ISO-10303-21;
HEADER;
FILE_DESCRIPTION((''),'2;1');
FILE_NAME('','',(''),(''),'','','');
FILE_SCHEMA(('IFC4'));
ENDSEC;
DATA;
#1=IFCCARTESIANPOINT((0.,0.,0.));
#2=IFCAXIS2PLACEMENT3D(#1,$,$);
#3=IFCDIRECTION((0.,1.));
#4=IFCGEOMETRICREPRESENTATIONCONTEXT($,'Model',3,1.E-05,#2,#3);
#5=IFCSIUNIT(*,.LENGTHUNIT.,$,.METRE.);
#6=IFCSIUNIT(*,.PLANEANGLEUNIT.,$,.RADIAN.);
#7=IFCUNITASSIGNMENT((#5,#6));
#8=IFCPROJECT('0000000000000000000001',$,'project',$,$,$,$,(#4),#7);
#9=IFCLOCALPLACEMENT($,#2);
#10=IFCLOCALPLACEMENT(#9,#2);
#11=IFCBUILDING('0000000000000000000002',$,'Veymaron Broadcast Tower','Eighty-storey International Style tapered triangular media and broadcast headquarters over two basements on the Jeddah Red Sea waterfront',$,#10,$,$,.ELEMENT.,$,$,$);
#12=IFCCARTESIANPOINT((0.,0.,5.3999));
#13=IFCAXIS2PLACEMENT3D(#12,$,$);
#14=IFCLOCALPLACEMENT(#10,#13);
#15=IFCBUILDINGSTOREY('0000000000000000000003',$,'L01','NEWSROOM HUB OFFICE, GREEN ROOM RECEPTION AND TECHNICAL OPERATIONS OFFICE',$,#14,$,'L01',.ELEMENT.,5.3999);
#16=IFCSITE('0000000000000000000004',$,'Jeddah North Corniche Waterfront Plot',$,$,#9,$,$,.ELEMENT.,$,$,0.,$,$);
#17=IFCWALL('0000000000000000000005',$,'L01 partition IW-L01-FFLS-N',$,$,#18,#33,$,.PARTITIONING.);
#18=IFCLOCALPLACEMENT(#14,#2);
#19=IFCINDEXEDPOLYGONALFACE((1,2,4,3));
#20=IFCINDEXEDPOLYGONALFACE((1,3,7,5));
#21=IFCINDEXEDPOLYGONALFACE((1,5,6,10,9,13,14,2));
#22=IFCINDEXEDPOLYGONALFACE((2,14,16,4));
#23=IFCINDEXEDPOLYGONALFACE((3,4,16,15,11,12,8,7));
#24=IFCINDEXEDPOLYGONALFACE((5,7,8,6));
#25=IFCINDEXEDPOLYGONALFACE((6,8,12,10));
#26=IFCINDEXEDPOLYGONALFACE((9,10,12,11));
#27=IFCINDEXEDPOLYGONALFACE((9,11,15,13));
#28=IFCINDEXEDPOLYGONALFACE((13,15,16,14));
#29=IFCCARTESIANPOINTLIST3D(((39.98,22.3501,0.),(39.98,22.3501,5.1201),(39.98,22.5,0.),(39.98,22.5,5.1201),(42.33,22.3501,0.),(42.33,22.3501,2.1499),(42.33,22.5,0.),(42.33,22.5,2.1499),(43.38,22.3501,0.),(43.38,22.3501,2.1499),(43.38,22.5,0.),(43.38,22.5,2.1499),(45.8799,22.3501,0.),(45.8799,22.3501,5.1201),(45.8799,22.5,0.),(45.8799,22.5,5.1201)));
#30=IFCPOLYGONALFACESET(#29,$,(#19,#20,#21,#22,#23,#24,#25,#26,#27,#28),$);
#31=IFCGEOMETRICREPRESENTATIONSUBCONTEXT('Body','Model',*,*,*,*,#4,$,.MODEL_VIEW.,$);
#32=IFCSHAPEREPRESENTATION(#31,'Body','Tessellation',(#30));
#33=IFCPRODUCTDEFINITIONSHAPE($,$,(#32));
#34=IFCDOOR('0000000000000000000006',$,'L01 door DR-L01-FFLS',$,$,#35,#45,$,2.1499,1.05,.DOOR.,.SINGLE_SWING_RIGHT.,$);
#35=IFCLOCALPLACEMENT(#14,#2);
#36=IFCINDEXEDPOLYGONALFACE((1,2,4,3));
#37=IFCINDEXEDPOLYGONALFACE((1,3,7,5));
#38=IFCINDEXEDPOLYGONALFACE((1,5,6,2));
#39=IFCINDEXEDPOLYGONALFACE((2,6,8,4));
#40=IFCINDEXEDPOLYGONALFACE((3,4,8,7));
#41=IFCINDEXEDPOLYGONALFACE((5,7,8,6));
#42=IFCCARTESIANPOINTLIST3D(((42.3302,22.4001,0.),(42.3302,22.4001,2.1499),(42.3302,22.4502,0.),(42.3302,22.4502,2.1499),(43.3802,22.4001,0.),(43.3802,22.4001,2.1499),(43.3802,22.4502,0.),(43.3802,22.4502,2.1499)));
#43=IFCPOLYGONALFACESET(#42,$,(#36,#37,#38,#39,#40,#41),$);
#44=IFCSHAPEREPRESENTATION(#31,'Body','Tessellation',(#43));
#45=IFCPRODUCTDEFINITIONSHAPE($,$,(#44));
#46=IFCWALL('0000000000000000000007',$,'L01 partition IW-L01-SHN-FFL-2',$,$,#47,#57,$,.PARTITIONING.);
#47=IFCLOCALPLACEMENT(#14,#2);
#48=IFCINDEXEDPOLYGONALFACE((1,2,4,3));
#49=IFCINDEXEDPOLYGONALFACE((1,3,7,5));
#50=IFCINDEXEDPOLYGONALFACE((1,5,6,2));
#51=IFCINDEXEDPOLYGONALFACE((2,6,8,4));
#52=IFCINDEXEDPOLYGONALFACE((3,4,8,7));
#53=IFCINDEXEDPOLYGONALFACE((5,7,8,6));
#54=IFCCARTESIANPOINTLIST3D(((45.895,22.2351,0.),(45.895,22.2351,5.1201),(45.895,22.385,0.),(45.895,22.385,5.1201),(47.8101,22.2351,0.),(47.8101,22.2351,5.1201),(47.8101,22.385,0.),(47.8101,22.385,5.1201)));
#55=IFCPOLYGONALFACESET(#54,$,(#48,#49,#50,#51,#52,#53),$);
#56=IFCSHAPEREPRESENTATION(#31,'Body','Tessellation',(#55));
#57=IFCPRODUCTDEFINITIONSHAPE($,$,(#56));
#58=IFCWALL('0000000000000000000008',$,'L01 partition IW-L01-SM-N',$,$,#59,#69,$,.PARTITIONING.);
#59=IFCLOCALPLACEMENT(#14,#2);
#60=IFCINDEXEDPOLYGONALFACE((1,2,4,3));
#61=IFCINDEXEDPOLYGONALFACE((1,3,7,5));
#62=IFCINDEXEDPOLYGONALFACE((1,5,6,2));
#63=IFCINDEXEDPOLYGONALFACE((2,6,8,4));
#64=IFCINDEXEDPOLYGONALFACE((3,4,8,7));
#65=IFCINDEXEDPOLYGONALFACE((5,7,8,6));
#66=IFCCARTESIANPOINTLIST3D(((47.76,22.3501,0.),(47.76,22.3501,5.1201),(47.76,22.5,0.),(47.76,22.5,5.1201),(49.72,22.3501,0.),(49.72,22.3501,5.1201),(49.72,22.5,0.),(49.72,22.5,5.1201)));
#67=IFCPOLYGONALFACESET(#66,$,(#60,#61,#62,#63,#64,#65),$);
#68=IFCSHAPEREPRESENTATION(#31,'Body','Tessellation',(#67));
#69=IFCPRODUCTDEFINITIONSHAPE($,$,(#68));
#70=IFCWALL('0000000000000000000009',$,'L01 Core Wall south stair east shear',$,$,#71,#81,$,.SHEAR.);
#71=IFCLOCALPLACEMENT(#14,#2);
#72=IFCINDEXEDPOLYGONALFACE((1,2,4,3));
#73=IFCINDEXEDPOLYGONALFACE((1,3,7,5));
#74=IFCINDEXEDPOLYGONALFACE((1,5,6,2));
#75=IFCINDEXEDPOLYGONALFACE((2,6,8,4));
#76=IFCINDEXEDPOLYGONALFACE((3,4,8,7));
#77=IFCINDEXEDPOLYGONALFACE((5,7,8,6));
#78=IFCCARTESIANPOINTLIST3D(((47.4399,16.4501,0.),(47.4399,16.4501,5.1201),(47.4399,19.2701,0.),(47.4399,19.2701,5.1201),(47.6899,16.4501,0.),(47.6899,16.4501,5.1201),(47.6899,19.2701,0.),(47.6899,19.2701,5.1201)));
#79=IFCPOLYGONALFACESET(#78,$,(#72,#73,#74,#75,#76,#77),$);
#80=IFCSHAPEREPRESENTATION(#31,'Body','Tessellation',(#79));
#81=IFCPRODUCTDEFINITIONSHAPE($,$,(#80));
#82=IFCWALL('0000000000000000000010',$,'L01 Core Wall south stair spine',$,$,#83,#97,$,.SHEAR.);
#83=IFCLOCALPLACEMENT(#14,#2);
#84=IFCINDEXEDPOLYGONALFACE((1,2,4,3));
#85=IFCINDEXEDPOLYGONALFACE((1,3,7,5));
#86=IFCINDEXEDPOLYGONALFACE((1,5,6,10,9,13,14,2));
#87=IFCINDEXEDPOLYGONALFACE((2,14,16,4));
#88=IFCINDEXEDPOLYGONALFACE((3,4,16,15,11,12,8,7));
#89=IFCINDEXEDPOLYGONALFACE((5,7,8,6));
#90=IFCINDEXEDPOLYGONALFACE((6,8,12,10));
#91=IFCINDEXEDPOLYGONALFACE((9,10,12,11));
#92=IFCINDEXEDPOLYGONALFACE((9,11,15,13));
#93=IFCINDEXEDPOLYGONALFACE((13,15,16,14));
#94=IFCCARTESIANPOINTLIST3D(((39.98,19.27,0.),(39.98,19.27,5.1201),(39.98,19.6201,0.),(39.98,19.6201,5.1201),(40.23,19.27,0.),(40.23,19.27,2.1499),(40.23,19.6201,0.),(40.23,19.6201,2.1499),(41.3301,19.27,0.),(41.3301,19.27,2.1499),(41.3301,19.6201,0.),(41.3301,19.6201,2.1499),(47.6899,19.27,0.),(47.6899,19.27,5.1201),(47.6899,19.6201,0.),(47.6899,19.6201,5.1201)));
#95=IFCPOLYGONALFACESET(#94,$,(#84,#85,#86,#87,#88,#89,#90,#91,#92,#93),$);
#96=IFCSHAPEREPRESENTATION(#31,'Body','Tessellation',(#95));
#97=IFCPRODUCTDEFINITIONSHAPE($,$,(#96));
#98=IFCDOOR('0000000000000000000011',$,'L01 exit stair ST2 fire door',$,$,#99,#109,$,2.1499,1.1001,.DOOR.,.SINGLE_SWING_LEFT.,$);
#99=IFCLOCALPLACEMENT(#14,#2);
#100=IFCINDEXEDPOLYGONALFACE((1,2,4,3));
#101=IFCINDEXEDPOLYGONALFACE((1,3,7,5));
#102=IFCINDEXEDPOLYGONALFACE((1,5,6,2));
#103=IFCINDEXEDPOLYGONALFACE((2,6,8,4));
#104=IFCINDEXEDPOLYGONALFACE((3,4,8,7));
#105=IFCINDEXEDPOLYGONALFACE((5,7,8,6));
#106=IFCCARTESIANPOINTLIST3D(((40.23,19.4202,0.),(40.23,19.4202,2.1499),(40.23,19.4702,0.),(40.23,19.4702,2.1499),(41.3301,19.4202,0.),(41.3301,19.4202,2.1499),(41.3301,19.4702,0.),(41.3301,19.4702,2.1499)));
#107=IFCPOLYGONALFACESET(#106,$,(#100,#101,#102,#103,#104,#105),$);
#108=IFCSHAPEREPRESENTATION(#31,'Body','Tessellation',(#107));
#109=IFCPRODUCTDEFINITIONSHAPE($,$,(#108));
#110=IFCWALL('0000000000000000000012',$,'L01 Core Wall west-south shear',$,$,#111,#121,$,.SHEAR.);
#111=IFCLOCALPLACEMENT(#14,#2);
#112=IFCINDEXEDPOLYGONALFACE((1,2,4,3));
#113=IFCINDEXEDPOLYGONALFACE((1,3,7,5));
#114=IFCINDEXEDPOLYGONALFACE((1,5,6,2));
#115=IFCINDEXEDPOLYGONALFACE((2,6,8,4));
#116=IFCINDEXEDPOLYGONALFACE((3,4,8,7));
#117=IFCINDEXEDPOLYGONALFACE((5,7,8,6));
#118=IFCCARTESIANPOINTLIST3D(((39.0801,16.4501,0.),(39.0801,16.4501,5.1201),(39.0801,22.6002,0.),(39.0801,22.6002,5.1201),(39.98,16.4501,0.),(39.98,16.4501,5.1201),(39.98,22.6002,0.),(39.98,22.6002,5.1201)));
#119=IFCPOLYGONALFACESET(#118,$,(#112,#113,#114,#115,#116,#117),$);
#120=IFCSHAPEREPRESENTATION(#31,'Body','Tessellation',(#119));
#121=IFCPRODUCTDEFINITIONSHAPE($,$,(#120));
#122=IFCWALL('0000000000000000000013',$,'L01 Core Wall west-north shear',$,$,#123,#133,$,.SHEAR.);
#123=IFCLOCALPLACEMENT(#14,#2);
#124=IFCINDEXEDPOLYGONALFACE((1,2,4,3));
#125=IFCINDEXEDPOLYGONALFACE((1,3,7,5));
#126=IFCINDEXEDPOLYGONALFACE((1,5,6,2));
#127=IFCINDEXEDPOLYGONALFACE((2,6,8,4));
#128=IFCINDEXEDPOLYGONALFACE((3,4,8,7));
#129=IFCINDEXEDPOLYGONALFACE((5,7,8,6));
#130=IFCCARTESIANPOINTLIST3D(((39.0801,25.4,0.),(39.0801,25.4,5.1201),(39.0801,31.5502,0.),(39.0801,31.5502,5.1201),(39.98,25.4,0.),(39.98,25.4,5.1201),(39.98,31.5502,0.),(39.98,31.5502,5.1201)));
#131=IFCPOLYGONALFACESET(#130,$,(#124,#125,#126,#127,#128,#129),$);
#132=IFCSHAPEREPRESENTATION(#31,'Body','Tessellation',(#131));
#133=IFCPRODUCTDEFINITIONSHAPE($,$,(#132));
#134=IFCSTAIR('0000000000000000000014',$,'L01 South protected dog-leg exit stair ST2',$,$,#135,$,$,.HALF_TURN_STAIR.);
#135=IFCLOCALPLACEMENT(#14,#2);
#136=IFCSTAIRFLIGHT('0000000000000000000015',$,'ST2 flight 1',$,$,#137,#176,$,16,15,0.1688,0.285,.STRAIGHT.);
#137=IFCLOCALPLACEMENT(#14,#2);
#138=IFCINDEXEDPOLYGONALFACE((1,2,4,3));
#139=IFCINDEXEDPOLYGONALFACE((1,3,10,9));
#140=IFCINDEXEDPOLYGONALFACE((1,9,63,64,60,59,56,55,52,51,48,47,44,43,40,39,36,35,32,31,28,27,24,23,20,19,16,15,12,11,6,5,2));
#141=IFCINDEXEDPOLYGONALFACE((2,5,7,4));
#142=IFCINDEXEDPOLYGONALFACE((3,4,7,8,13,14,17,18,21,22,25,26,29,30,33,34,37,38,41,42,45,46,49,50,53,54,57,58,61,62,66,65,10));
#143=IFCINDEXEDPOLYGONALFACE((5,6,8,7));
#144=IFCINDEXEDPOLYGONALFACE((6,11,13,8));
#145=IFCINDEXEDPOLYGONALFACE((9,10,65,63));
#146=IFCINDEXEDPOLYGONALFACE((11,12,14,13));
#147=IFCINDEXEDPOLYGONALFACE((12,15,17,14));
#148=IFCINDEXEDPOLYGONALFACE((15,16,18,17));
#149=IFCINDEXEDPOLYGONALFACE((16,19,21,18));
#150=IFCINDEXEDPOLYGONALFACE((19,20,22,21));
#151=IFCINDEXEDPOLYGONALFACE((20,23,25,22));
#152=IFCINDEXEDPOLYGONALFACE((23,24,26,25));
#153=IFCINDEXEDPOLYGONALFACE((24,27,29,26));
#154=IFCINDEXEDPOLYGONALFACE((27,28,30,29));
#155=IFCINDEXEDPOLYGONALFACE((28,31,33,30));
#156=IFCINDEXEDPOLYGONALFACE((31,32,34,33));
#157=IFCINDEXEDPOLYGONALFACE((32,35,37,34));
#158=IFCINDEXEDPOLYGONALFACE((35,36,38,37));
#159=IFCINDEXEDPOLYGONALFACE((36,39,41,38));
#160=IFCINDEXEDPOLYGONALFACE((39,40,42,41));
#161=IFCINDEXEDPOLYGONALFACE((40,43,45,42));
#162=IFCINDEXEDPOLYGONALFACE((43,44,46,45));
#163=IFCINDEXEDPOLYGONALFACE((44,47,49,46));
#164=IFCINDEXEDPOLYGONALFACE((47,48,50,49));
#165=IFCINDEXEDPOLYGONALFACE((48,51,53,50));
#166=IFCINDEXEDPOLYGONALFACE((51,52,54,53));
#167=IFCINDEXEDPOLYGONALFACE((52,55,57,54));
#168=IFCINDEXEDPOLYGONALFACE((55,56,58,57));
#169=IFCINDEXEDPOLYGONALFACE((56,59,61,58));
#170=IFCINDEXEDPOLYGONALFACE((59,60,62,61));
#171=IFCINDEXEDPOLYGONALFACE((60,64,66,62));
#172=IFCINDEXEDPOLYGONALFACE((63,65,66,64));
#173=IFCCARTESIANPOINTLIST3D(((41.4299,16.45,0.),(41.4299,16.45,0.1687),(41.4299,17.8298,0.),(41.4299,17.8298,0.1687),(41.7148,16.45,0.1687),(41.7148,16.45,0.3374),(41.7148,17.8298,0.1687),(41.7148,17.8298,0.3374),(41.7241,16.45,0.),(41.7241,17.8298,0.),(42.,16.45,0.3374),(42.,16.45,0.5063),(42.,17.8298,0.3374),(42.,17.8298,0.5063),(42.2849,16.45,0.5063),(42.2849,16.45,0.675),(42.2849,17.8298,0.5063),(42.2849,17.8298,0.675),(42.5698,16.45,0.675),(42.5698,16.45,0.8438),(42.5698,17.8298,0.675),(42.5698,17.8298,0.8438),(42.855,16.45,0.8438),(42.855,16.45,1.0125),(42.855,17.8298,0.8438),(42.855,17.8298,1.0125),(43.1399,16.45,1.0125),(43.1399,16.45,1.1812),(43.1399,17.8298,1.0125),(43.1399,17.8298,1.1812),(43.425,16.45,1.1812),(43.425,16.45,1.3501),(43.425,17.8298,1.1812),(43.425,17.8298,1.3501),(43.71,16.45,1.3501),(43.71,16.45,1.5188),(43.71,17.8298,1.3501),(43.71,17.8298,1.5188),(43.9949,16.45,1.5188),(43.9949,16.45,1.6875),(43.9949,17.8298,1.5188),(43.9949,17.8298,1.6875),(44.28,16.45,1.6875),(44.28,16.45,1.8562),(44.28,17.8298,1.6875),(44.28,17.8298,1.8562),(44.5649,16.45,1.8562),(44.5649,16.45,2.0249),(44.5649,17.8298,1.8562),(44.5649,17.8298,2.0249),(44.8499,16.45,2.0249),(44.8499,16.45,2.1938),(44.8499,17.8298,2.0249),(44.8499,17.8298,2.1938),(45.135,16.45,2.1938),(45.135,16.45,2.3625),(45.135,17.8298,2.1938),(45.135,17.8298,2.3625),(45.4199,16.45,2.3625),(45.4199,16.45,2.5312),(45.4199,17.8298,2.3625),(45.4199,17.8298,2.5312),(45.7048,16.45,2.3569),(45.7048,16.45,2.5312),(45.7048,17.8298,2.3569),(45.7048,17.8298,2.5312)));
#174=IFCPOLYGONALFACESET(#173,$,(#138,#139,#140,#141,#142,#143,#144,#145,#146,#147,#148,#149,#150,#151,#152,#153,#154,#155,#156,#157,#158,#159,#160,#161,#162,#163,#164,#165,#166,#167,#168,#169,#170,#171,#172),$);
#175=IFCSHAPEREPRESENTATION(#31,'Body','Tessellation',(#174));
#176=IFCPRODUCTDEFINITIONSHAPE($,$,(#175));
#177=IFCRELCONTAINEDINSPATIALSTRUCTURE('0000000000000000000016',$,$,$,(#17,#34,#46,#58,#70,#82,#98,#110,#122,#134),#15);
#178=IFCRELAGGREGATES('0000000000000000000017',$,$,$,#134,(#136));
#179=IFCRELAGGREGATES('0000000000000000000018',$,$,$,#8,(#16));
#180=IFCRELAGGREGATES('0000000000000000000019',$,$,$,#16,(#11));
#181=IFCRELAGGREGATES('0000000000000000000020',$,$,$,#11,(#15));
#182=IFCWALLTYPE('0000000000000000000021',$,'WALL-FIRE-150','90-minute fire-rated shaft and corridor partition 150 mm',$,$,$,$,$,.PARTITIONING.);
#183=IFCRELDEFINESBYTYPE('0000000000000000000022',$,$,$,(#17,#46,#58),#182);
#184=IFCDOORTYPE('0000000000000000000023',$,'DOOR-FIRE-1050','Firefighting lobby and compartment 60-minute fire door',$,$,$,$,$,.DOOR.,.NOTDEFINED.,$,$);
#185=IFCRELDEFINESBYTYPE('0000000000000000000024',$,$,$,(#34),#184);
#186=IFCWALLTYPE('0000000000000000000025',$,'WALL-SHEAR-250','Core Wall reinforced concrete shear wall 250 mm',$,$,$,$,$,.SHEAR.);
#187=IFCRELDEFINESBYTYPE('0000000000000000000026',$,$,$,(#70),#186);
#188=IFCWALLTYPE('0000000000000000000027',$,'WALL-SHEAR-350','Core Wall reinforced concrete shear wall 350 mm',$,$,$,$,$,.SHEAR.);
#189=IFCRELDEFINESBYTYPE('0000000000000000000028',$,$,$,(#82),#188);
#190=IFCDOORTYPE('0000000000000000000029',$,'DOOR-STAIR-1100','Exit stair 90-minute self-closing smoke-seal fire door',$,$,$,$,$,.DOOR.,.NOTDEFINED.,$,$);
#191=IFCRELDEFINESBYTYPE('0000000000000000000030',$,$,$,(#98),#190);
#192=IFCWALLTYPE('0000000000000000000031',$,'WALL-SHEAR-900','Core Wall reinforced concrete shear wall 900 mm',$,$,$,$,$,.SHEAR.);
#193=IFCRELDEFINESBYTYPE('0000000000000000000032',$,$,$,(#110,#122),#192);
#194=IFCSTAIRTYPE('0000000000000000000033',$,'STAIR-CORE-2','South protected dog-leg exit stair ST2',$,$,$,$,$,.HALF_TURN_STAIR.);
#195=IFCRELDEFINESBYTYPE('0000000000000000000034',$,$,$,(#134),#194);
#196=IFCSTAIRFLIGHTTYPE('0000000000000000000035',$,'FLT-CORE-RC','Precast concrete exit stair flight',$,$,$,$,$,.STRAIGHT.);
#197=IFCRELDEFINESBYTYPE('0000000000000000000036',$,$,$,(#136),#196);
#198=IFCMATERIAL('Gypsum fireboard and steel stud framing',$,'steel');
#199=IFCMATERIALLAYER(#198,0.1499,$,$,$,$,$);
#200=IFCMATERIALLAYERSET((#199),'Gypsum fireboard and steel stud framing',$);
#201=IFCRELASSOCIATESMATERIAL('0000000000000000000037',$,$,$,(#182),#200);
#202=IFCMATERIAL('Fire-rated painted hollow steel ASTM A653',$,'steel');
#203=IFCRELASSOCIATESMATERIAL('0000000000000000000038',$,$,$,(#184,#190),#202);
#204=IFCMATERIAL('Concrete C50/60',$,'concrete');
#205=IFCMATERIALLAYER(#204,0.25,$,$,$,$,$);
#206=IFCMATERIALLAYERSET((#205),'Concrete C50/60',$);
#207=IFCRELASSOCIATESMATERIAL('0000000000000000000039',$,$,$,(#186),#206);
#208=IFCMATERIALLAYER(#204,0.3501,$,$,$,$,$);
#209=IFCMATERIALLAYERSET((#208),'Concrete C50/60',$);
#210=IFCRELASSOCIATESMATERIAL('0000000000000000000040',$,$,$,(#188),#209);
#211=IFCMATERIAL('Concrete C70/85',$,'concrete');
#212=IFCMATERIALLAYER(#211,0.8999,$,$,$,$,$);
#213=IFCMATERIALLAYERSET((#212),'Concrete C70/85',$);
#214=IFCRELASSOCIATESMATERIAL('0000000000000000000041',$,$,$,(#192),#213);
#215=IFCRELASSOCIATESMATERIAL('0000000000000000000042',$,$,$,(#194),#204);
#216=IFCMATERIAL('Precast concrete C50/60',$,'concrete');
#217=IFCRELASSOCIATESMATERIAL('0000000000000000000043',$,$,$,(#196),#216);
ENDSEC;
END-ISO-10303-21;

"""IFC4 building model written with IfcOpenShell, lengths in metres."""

from ifc_helpers import new_model, si_unit, direction, frame, frame_2d, origin, place, context, subcontext, project, spatial, polyline, rectangle, outline, extrude, material, layer, layer_set, type_object, element, fill, aggregate, save


model = new_model("IFC4")

# Units and contexts
model_context = context("Model", 3, precision=1e-05, world=origin(), true_north=direction((0.0, 1.0)))
body_context = subcontext(model_context, "Body", "Model", "MODEL_VIEW")
ifc_project = project(units=[si_unit("LENGTHUNIT", "METRE"), si_unit("PLANEANGLEUNIT", "RADIAN")], contexts=[model_context])

# Site, building, storey
site_placement = place(None, origin())
site = spatial("IfcSite", under=ifc_project, at=site_placement, Name="Jeddah North Corniche Waterfront Plot", CompositionType="ELEMENT", RefElevation=0.0)
building_placement = place(site_placement, origin())
building = spatial("IfcBuilding", under=site, at=building_placement, Name="Veymaron Broadcast Tower", Description="Eighty-storey International Style tapered triangular media and broadcast headquarters over two basements on the Jeddah Red Sea waterfront", CompositionType="ELEMENT")
storey_placement = place(building_placement, frame((0.0, 0.0, 5.3999)))
storey = spatial("IfcBuildingStorey", under=building, at=storey_placement, Name="L01", Description="NEWSROOM HUB OFFICE, GREEN ROOM RECEPTION AND TECHNICAL OPERATIONS OFFICE", LongName="L01", CompositionType="ELEMENT", Elevation=5.3999)

# Shared definitions
ifc_material_1 = material(Name="Concrete C70/85", Category="concrete")

# Wall, opening, door
ifc_material_2 = material(Name="Gypsum fireboard and steel stud framing", Category="steel")
ifc_layer_1 = layer(ifc_material_2, 0.1499)
ifc_layer_set_1 = layer_set([ifc_layer_1], Name="Gypsum fireboard and steel stud framing")
wall_type_1 = type_object("IfcWallType", Name="WALL-FIRE-150", Description="90-minute fire-rated shaft and corridor partition 150 mm", PredefinedType="PARTITIONING", material=ifc_layer_set_1)
ifc_material_3 = material(Name="Fire-rated painted hollow steel ASTM A653", Category="steel")
door_type_1 = type_object("IfcDoorType", Name="DOOR-FIRE-1050", Description="Firefighting lobby and compartment 60-minute fire door", OperationType="NOTDEFINED", PredefinedType="DOOR", material=ifc_material_3)
wall_1_placement = place(storey_placement, frame((39.98, 22.425, 0.0), z_axis=(0.0, 0.0, 1.0), x_axis=(1.0, 0.0, 0.0)))
wall_1 = element("IfcWall", 1, at=wall_1_placement, inside=storey, type_object=wall_type_1, Name="L01 partition IW-L01-FFLS-N", PredefinedType="PARTITIONING", context=body_context, shape_type="SweptSolid", body=[
    extrude(rectangle(XDim=5.8999, YDim=0.1499, at=frame_2d((2.95, 0.0))), origin(), (0.0, 0.0, 1.0), 5.1201),
])
opening_1_placement = place(wall_1_placement, frame((2.3501, 0.0, 0.0)))
opening_1 = element("IfcOpeningElement", 2, at=opening_1_placement, cuts=wall_1, PredefinedType="OPENING", context=body_context, shape_type="SweptSolid", body=[
    extrude(rectangle(XDim=1.05, YDim=2.1499, at=frame_2d((0.5249, 1.075))), frame((0.0, 0.085, 0.0), z_axis=(0.0, -1.0, 0.0), x_axis=(1.0, 0.0, 0.0)), (0.0, 0.0, 1.0), 0.1699),
])
door_1_placement = place(opening_1_placement, frame((1.05, 0.0, 0.0), z_axis=(0.0, 0.0, 1.0), x_axis=(-1.0, 0.0, 0.0)))
door_1 = element("IfcDoor", 3, at=door_1_placement, inside=storey, type_object=door_type_1, Name="L01 door DR-L01-FFLS", OperationType="SINGLE_SWING_RIGHT", OverallHeight=2.1499, OverallWidth=1.05, PredefinedType="DOOR", context=body_context, shape_type="SweptSolid", body=[
    extrude(rectangle(XDim=1.05, YDim=2.1499, at=frame_2d((0.5249, 1.075))), frame((0.0, 0.0249, 0.0), z_axis=(0.0, -1.0, 0.0), x_axis=(1.0, 0.0, 0.0)), (0.0, 0.0, 1.0), 0.05),
])
fill(opening_1, door_1)

# Walls
wall_2_placement = place(storey_placement, frame((45.895, 22.3101, 0.0), z_axis=(0.0, 0.0, 1.0), x_axis=(1.0, 0.0, 0.0)))
element("IfcWall", 4, at=wall_2_placement, inside=storey, type_object=wall_type_1, Name="L01 partition IW-L01-SHN-FFL-2", PredefinedType="PARTITIONING", context=body_context, shape_type="SweptSolid", body=[
    extrude(rectangle(XDim=1.915, YDim=0.1499, at=frame_2d((0.9575, 0.0))), origin(), (0.0, 0.0, 1.0), 5.1201),
])
wall_3_placement = place(storey_placement, frame((47.76, 22.425, 0.0), z_axis=(0.0, 0.0, 1.0), x_axis=(1.0, 0.0, 0.0)))
element("IfcWall", 5, at=wall_3_placement, inside=storey, type_object=wall_type_1, Name="L01 partition IW-L01-SM-N", PredefinedType="PARTITIONING", context=body_context, shape_type="SweptSolid", body=[
    extrude(rectangle(XDim=1.96, YDim=0.1499, at=frame_2d((0.98, 0.0))), origin(), (0.0, 0.0, 1.0), 5.1201),
])
ifc_material_4 = material(Name="Concrete C50/60", Category="concrete")
ifc_layer_2 = layer(ifc_material_4, 0.25)
ifc_layer_set_2 = layer_set([ifc_layer_2], Name="Concrete C50/60")
wall_type_2 = type_object("IfcWallType", Name="WALL-SHEAR-250", Description="Core Wall reinforced concrete shear wall 250 mm", PredefinedType="SHEAR", material=ifc_layer_set_2)
wall_4_placement = place(storey_placement, frame((47.5649, 16.45, 0.0), z_axis=(0.0, 0.0, 1.0), x_axis=(0.0, 1.0, 0.0)))
element("IfcWall", 6, at=wall_4_placement, inside=storey, type_object=wall_type_2, Name="L01 Core Wall south stair east shear", PredefinedType="SHEAR", context=body_context, shape_type="SweptSolid", body=[
    extrude(rectangle(XDim=2.8201, YDim=0.25, at=frame_2d((1.4102, 0.0))), origin(), (0.0, 0.0, 1.0), 5.1201),
])

# Wall, opening, door
ifc_layer_3 = layer(ifc_material_4, 0.3501)
ifc_layer_set_3 = layer_set([ifc_layer_3], Name="Concrete C50/60")
wall_type_3 = type_object("IfcWallType", Name="WALL-SHEAR-350", Description="Core Wall reinforced concrete shear wall 350 mm", PredefinedType="SHEAR", material=ifc_layer_set_3)
wall_5_placement = place(storey_placement, frame((39.98, 19.4451, 0.0), z_axis=(0.0, 0.0, 1.0), x_axis=(1.0, 0.0, 0.0)))
wall_5 = element("IfcWall", 7, at=wall_5_placement, inside=storey, type_object=wall_type_3, Name="L01 Core Wall south stair spine", PredefinedType="SHEAR", context=body_context, shape_type="SweptSolid", body=[
    extrude(rectangle(XDim=7.71, YDim=0.3501, at=frame_2d((3.855, 0.0))), origin(), (0.0, 0.0, 1.0), 5.1201),
])
opening_2_placement = place(wall_5_placement, frame((0.25, 0.0, 0.0)))
opening_2 = element("IfcOpeningElement", 8, at=opening_2_placement, cuts=wall_5, PredefinedType="OPENING", context=body_context, shape_type="SweptSolid", body=[
    extrude(rectangle(XDim=1.1001, YDim=2.1499, at=frame_2d((0.55, 1.075))), frame((0.0, 0.1851, 0.0), z_axis=(0.0, -1.0, 0.0), x_axis=(1.0, 0.0, 0.0)), (0.0, 0.0, 1.0), 0.3701),
])
door_type_2 = type_object("IfcDoorType", Name="DOOR-STAIR-1100", Description="Exit stair 90-minute self-closing smoke-seal fire door", OperationType="NOTDEFINED", PredefinedType="DOOR", material=ifc_material_3)
door_2_placement = place(opening_2_placement, frame((1.1001, 0.0, 0.0), z_axis=(0.0, 0.0, 1.0), x_axis=(-1.0, 0.0, 0.0)))
door_2 = element("IfcDoor", 9, at=door_2_placement, inside=storey, type_object=door_type_2, Name="L01 exit stair ST2 fire door", OperationType="SINGLE_SWING_LEFT", OverallHeight=2.1499, OverallWidth=1.1001, PredefinedType="DOOR", context=body_context, shape_type="SweptSolid", body=[
    extrude(rectangle(XDim=1.1001, YDim=2.1499, at=frame_2d((0.55, 1.075))), frame((0.0, 0.0249, 0.0), z_axis=(0.0, -1.0, 0.0), x_axis=(1.0, 0.0, 0.0)), (0.0, 0.0, 1.0), 0.05),
])
fill(opening_2, door_2)

# Walls
ifc_layer_4 = layer(ifc_material_1, 0.8999)
ifc_layer_set_4 = layer_set([ifc_layer_4], Name="Concrete C70/85")
wall_type_4 = type_object("IfcWallType", Name="WALL-SHEAR-900", Description="Core Wall reinforced concrete shear wall 900 mm", PredefinedType="SHEAR", material=ifc_layer_set_4)
for number, where, z_axis, x_axis, name in (
    (10, (39.53, 16.45, 0.0), (0.0, 0.0, 1.0), (0.0, 1.0, 0.0), "L01 Core Wall west-south shear"),
    (11, (39.53, 25.3999, 0.0), (0.0, 0.0, 1.0), (0.0, 1.0, 0.0), "L01 Core Wall west-north shear"),
):
    element("IfcWall", number, at=place(storey_placement, frame(where, z_axis=z_axis, x_axis=x_axis)), inside=storey, type_object=wall_type_4, Name=name, PredefinedType="SHEAR", context=body_context, shape_type="SweptSolid", body=[
        extrude(rectangle(XDim=6.1501, YDim=0.8999, at=frame_2d((3.0752, 0.0))), origin(), (0.0, 0.0, 1.0), 5.1201),
    ])

# Stair, stair flight
stair_type = type_object("IfcStairType", Name="STAIR-CORE-2", Description="South protected dog-leg exit stair ST2", PredefinedType="HALF_TURN_STAIR", material=ifc_material_4)
stair_placement = place(storey_placement, origin())
stair = element("IfcStair", 12, at=stair_placement, inside=storey, type_object=stair_type, Name="L01 South protected dog-leg exit stair ST2", PredefinedType="HALF_TURN_STAIR")
ifc_material_5 = material(Name="Precast concrete C50/60", Category="concrete")
stair_flight_type = type_object("IfcStairFlightType", Name="FLT-CORE-RC", Description="Precast concrete exit stair flight", PredefinedType="STRAIGHT", material=ifc_material_5)
stair_flight_1_placement = place(storey_placement, frame((41.4299, 17.1399, 0.0), z_axis=(0.0, 0.0, 1.0), x_axis=(1.0, 0.0, 0.0)))
stair_flight_1 = element("IfcStairFlight", 13, at=stair_flight_1_placement, type_object=stair_flight_type, Name="ST2 flight 1", NumberOfRisers=16, NumberOfTreads=15, PredefinedType="STRAIGHT", RiserHeight=0.1688, TreadLength=0.285, context=body_context, shape_type="SweptSolid", body=[
    extrude(outline(polyline([(0.0, 0.0), (0.0, 0.1687), (0.2849, 0.1687), (0.2849, 0.3374), (0.5701, 0.3374), (0.5701, 0.5063), (0.855, 0.5063), (0.855, 0.675), (1.1399, 0.675), (1.1399, 0.8438), (1.425, 0.8438), (1.425, 1.0125), (1.71, 1.0125), (1.71, 1.1812), (1.9951, 1.1812), (1.9951, 1.3501), (2.28, 1.3501), (2.28, 1.5188), (2.5649, 1.5188), (2.5649, 1.6875), (2.8501, 1.6875), (2.8501, 1.8562), (3.135, 1.8562), (3.135, 2.0249), (3.4199, 2.0249), (3.4199, 2.1938), (3.7051, 2.1938), (3.7051, 2.3625), (3.99, 2.3625), (3.99, 2.5312), (4.2749, 2.5312), (4.2749, 2.7), (4.2749, 2.3569), (0.2942, 0.0), (0.0, 0.0)])), frame((0.0, 0.6899, 0.0), z_axis=(0.0, -1.0, 0.0), x_axis=(1.0, 0.0, 0.0)), (0.0, 0.0, 1.0), 1.3799),
])
aggregate(stair, [stair_flight_1])

save(model, "model.ifc")
